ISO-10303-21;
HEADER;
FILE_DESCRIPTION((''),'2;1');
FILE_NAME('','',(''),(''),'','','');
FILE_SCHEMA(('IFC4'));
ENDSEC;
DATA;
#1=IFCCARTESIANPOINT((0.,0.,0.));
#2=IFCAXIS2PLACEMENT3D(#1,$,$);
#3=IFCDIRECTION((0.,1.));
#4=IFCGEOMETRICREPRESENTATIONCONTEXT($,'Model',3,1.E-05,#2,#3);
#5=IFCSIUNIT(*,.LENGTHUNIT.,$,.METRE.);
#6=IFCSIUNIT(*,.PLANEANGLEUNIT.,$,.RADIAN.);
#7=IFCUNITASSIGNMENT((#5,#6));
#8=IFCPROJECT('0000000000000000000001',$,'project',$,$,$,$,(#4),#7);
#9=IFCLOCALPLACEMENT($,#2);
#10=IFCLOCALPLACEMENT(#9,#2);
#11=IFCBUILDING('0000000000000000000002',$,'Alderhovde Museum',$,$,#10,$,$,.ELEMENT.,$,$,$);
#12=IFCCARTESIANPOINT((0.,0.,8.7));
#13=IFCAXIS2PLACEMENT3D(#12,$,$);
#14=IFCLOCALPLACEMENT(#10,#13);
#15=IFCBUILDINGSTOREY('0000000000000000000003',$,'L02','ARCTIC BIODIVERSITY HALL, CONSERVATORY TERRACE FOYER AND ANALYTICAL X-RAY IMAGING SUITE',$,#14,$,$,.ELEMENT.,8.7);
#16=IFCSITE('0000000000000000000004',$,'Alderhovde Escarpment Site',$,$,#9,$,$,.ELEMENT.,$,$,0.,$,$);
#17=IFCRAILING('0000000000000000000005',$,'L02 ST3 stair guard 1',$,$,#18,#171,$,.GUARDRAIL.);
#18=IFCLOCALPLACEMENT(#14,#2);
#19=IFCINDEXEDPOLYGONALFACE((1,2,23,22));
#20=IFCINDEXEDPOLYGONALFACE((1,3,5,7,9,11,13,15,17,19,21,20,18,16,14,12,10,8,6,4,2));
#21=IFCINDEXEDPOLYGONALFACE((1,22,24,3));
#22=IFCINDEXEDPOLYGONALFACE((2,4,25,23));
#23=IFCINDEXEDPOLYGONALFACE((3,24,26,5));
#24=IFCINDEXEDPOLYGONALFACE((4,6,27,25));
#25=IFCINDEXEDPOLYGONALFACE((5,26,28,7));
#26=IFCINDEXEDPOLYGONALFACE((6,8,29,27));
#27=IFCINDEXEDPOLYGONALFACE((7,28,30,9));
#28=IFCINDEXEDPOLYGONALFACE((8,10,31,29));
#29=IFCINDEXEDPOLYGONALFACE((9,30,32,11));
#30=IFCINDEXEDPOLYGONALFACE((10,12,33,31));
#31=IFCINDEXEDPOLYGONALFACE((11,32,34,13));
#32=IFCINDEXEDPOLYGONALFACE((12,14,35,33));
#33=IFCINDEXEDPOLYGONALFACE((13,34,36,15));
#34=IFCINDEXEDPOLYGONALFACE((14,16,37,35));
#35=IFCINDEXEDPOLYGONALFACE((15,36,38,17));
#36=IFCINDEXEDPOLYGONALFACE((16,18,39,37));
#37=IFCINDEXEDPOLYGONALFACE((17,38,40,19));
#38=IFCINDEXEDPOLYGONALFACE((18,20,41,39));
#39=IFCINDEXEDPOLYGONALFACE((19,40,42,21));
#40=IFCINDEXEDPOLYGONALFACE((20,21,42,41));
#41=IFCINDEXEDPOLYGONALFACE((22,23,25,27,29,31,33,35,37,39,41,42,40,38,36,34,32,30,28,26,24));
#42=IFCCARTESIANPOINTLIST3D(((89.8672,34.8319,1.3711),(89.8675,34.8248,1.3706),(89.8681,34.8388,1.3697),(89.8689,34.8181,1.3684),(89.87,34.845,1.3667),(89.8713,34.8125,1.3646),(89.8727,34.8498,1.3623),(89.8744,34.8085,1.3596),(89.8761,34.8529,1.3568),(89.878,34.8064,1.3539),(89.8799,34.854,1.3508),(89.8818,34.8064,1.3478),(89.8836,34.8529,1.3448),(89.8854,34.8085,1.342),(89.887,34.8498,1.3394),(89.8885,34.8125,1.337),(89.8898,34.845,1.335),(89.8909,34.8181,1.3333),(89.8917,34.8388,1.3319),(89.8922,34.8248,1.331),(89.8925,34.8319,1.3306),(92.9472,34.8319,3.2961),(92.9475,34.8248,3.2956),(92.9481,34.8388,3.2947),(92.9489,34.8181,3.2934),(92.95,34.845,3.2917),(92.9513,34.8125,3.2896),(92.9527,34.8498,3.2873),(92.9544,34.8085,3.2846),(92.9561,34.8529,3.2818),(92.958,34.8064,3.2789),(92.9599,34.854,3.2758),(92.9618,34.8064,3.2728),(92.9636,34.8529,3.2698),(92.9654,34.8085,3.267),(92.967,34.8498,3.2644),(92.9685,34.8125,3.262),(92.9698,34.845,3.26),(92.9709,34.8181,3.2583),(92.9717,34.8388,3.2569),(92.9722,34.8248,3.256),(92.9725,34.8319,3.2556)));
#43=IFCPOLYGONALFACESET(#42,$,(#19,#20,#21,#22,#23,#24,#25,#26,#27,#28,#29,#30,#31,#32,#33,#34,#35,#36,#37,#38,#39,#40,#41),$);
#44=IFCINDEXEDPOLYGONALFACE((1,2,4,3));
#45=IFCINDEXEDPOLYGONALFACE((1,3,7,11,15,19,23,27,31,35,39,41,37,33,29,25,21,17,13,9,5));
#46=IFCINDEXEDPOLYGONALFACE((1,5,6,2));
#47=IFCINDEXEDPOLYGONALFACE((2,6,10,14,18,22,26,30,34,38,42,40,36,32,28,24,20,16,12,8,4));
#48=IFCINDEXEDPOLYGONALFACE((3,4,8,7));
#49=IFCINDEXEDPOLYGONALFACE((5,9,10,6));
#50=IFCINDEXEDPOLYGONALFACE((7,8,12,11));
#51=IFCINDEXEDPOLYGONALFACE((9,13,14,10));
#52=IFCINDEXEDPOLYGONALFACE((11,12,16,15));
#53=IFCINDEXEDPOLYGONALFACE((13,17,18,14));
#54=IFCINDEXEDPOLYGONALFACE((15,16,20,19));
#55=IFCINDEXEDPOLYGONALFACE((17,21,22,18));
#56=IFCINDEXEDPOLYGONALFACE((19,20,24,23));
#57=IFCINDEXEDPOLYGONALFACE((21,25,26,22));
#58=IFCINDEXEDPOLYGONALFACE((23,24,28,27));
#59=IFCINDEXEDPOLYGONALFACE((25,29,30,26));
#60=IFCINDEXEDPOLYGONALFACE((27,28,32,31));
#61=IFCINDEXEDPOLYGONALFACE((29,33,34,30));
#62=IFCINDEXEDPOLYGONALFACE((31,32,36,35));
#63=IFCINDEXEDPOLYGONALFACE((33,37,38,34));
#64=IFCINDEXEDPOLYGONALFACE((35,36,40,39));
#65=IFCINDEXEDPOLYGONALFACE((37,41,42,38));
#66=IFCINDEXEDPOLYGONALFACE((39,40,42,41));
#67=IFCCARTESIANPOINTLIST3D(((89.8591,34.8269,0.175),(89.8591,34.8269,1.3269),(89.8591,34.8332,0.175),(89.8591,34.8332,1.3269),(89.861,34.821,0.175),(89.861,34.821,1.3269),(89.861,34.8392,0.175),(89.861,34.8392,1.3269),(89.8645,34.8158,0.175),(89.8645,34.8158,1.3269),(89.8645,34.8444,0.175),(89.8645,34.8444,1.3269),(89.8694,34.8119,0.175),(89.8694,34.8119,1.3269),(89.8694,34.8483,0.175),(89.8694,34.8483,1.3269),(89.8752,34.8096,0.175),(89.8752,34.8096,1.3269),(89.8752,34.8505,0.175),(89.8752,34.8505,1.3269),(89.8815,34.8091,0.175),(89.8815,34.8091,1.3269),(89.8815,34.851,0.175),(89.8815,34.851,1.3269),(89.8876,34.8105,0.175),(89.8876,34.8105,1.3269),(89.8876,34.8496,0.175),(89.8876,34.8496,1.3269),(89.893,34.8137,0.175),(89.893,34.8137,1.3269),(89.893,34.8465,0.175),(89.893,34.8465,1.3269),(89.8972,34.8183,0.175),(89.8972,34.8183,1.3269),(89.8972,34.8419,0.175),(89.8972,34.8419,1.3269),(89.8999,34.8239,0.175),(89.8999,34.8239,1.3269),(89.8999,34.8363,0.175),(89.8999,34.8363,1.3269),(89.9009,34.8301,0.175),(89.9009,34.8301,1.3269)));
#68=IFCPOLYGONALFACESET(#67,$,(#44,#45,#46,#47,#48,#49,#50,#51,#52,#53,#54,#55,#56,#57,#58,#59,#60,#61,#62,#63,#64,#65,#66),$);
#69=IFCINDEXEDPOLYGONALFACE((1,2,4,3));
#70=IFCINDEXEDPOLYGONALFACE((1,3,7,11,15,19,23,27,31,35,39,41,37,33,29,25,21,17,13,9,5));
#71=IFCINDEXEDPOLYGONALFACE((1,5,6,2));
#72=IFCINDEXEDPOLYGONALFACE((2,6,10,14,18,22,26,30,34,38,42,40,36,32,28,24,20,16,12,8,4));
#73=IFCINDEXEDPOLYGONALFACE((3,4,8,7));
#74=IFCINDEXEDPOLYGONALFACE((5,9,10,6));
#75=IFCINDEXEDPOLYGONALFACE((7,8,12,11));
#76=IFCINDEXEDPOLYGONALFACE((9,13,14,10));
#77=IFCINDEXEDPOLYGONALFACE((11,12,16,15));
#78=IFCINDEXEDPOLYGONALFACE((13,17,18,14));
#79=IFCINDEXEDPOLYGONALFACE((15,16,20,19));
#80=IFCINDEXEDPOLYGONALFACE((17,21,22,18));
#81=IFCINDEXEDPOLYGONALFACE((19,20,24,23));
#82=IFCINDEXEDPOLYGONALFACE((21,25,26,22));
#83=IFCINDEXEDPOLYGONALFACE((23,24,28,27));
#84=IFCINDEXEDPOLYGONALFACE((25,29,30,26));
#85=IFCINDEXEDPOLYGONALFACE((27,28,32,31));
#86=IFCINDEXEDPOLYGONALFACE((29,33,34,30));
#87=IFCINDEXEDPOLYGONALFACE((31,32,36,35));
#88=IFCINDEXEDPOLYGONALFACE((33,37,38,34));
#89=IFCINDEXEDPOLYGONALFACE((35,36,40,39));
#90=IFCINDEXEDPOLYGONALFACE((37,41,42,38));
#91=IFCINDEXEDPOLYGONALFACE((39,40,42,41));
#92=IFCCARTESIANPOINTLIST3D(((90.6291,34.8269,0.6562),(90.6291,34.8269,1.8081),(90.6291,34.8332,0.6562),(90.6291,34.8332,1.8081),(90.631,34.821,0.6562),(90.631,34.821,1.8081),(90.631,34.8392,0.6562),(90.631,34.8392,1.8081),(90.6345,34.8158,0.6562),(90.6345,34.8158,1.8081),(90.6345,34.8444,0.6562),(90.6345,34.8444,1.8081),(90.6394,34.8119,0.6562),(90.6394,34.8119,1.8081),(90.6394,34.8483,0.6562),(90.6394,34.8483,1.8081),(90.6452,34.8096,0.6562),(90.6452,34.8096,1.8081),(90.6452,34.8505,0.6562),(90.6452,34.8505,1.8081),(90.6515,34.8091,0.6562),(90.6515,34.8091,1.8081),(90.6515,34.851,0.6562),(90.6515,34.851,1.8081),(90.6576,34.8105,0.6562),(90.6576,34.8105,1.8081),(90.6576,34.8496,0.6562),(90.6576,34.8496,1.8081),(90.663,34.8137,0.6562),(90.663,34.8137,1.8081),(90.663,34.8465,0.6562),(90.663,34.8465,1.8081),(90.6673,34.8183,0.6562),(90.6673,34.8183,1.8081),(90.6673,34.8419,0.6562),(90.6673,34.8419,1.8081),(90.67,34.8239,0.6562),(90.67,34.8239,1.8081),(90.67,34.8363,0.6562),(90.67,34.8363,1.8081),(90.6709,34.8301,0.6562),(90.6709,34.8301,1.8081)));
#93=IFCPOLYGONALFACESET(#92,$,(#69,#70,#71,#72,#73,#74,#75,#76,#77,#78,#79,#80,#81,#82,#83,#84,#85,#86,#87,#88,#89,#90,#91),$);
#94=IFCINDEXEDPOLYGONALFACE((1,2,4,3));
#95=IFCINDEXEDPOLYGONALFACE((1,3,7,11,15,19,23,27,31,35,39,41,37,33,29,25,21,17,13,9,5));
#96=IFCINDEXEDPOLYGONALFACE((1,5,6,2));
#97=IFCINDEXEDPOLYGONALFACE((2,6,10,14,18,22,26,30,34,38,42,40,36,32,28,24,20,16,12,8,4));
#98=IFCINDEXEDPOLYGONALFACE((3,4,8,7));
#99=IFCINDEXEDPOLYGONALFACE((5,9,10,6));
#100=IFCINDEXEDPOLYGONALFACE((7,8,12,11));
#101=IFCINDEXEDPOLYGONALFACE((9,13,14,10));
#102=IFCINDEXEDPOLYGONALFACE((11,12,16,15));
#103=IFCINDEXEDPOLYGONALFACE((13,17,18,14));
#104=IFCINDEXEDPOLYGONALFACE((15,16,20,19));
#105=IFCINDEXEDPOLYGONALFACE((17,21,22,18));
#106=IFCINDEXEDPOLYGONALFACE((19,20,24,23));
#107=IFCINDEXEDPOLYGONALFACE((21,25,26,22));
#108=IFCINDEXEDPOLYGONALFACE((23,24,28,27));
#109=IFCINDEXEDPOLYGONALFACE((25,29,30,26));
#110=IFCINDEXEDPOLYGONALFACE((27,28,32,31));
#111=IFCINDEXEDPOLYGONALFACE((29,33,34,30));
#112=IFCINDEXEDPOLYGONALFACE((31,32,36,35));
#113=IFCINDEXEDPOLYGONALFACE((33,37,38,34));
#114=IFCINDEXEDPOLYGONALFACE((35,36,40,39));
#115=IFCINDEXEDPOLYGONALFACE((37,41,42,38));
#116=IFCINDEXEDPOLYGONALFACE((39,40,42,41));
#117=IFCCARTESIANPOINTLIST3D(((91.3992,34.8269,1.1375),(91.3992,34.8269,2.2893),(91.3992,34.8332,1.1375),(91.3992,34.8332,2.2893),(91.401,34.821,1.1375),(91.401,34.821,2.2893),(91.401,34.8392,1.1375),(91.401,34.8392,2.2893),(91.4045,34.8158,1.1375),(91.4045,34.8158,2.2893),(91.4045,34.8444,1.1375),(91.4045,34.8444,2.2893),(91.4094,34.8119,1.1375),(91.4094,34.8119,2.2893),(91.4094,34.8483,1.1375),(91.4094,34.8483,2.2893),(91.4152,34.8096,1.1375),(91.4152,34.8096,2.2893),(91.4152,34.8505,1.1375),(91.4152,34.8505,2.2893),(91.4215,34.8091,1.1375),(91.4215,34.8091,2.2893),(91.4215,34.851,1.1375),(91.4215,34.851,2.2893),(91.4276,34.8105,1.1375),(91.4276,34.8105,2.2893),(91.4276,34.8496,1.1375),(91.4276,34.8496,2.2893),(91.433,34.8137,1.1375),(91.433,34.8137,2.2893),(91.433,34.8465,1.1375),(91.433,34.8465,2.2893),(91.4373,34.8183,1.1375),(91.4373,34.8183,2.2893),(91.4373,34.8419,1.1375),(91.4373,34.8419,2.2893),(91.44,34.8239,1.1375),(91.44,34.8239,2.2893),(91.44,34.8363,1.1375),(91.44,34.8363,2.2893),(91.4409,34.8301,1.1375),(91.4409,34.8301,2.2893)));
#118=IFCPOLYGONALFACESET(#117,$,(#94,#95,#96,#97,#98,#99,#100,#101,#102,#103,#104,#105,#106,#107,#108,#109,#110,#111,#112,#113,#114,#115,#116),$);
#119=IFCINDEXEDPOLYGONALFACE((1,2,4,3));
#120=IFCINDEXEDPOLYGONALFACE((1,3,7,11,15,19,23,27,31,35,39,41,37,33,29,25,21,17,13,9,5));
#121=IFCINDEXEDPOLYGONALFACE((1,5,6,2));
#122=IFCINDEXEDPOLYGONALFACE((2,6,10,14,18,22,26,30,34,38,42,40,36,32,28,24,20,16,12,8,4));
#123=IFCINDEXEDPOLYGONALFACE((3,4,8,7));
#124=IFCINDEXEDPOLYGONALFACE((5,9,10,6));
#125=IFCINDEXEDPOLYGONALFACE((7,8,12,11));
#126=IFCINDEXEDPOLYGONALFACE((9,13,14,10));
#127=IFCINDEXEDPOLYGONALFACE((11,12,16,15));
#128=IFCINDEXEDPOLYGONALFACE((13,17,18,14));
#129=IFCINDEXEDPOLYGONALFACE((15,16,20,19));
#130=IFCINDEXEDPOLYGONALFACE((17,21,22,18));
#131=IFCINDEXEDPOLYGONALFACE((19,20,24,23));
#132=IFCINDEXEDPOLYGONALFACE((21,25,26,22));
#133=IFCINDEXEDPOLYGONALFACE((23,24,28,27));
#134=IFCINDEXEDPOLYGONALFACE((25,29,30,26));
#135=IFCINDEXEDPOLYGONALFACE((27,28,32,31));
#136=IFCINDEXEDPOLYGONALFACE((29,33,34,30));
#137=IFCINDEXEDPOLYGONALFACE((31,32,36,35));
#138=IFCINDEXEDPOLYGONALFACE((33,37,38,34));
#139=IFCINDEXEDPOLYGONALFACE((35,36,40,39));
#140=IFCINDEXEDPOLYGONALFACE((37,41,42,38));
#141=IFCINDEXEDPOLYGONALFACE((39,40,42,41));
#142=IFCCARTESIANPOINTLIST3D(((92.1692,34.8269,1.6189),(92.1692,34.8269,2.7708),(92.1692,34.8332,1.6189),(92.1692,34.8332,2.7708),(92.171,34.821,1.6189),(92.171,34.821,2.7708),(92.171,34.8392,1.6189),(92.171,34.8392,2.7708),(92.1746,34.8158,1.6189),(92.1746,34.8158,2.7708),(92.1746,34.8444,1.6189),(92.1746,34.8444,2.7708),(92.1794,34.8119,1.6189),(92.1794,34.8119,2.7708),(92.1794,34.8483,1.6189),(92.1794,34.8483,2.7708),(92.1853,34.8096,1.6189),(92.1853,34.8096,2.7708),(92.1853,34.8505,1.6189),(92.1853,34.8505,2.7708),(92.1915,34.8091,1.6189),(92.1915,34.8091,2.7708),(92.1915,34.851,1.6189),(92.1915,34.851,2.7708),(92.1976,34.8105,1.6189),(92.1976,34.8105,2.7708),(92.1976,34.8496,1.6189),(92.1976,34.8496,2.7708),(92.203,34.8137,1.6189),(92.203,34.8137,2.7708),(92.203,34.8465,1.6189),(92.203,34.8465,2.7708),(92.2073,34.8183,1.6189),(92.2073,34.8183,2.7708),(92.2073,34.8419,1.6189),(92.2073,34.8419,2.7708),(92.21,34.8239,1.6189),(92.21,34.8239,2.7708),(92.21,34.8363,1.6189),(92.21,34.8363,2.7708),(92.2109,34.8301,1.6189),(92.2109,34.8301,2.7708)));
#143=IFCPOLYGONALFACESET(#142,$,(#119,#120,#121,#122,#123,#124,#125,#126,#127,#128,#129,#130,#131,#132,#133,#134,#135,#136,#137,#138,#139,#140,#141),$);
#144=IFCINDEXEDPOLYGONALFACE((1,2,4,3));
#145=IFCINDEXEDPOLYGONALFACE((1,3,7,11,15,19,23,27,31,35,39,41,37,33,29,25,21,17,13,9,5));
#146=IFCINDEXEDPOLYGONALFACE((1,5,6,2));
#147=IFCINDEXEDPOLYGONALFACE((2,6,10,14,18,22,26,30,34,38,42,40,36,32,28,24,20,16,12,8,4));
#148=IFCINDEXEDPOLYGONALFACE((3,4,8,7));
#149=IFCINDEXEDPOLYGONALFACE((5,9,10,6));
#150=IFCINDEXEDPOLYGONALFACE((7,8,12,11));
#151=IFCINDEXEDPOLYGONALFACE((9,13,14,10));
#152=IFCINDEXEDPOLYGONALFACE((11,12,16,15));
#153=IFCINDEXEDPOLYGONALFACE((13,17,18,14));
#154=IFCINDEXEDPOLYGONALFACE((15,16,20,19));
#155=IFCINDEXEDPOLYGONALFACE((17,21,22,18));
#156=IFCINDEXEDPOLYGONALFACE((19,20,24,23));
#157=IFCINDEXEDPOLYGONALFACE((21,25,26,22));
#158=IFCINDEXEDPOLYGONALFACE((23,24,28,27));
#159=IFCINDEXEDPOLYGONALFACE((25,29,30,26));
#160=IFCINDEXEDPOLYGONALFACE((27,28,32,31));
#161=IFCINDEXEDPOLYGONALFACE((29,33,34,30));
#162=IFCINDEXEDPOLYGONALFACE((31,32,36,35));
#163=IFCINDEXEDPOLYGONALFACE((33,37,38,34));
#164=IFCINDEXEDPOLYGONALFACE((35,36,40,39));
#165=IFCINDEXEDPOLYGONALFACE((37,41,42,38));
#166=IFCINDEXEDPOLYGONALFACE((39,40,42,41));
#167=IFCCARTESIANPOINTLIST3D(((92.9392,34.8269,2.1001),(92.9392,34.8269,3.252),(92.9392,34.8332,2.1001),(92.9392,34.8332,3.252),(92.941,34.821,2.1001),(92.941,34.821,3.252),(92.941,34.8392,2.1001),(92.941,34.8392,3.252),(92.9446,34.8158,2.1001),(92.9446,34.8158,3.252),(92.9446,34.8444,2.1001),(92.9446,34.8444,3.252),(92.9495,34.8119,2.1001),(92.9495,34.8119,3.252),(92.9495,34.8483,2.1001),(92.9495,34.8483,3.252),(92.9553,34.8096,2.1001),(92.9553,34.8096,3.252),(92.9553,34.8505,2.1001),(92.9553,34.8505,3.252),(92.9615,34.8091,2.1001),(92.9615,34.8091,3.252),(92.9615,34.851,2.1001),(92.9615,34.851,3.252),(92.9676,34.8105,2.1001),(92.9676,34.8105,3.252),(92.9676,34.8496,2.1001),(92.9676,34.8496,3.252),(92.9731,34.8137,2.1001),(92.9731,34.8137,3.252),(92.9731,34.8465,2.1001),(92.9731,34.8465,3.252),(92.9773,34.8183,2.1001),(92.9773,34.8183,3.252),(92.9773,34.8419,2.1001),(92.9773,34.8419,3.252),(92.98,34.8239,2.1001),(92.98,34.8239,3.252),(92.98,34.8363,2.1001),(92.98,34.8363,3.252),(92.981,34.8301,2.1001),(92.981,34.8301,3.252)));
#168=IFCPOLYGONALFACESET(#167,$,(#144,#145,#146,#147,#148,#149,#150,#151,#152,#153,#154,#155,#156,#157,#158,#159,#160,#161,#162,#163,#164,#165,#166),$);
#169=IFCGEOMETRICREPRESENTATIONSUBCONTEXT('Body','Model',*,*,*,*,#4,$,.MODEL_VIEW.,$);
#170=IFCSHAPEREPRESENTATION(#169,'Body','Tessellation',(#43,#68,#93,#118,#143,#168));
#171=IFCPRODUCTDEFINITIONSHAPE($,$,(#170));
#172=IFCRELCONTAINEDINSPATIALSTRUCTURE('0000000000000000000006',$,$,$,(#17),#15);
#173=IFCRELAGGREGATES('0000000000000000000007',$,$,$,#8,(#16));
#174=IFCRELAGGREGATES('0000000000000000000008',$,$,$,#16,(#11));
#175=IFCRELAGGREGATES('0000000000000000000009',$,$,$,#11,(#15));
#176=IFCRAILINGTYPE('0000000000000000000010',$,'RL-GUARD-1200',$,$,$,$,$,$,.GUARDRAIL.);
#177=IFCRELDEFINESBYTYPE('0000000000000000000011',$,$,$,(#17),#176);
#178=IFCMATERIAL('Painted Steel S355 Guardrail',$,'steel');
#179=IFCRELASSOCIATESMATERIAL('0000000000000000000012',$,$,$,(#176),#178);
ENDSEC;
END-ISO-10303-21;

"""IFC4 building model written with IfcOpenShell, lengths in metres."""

from ifc_helpers import new_model, si_unit, direction, frame, origin, origin_2d, place, context, subcontext, project, spatial, circle, extrude, material, type_object, element, save


model = new_model("IFC4")

# Units and contexts
model_context = context("Model", 3, precision=1e-05, world=origin(), true_north=direction((0.0, 1.0)))
body_context = subcontext(model_context, "Body", "Model", "MODEL_VIEW")
ifc_project = project(units=[si_unit("LENGTHUNIT", "METRE"), si_unit("PLANEANGLEUNIT", "RADIAN")], contexts=[model_context])

# Site, building, storey
site_placement = place(None, origin())
site = spatial("IfcSite", under=ifc_project, at=site_placement, Name="Alderhovde Escarpment Site", CompositionType="ELEMENT", RefElevation=0.0)
building_placement = place(site_placement, origin())
building = spatial("IfcBuilding", under=site, at=building_placement, Name="Alderhovde Museum", CompositionType="ELEMENT")
storey_placement = place(building_placement, frame((0.0, 0.0, 8.7)))
storey = spatial("IfcBuildingStorey", under=building, at=storey_placement, Name="L02", Description="ARCTIC BIODIVERSITY HALL, CONSERVATORY TERRACE FOYER AND ANALYTICAL X-RAY IMAGING SUITE", CompositionType="ELEMENT", Elevation=8.7)

# Railing
ifc_material_1 = material(Name="Painted Steel S355 Guardrail", Category="steel")
railing_type_1 = type_object("IfcRailingType", Name="RL-GUARD-1200", PredefinedType="GUARDRAIL", material=ifc_material_1)
railing_1_placement = place(storey_placement, frame((89.8799, 34.8301, 0.175)))
element("IfcRailing", 1, at=railing_1_placement, inside=storey, type_object=railing_type_1, Name="L02 ST3 stair guard 1", PredefinedType="GUARDRAIL", context=body_context, shape_type="SweptSolid", body=[
    extrude(circle(Radius=0.0239, at=origin_2d()), frame((0.0, 0.0, 1.1758), z_axis=(0.847998, 0.0, 0.529999), x_axis=(0.0, 1.0, 0.0)), (0.0, 0.0, 1.0), 3.6321),
    extrude(circle(Radius=0.021, at=origin_2d()), origin(), (0.0, 0.0, 1.0), 1.1519),
    extrude(circle(Radius=0.021, at=origin_2d()), frame((0.77, 0.0, 0.4812)), (0.0, 0.0, 1.0), 1.1519),
    extrude(circle(Radius=0.021, at=origin_2d()), frame((1.54, 0.0, 0.9624)), (0.0, 0.0, 1.0), 1.1519),
    extrude(circle(Radius=0.021, at=origin_2d()), frame((2.3101, 0.0, 1.4438)), (0.0, 0.0, 1.0), 1.1519),
    extrude(circle(Radius=0.021, at=origin_2d()), frame((3.0801, 0.0, 1.925)), (0.0, 0.0, 1.0), 1.1519),
])

save(model, "model.ifc")
